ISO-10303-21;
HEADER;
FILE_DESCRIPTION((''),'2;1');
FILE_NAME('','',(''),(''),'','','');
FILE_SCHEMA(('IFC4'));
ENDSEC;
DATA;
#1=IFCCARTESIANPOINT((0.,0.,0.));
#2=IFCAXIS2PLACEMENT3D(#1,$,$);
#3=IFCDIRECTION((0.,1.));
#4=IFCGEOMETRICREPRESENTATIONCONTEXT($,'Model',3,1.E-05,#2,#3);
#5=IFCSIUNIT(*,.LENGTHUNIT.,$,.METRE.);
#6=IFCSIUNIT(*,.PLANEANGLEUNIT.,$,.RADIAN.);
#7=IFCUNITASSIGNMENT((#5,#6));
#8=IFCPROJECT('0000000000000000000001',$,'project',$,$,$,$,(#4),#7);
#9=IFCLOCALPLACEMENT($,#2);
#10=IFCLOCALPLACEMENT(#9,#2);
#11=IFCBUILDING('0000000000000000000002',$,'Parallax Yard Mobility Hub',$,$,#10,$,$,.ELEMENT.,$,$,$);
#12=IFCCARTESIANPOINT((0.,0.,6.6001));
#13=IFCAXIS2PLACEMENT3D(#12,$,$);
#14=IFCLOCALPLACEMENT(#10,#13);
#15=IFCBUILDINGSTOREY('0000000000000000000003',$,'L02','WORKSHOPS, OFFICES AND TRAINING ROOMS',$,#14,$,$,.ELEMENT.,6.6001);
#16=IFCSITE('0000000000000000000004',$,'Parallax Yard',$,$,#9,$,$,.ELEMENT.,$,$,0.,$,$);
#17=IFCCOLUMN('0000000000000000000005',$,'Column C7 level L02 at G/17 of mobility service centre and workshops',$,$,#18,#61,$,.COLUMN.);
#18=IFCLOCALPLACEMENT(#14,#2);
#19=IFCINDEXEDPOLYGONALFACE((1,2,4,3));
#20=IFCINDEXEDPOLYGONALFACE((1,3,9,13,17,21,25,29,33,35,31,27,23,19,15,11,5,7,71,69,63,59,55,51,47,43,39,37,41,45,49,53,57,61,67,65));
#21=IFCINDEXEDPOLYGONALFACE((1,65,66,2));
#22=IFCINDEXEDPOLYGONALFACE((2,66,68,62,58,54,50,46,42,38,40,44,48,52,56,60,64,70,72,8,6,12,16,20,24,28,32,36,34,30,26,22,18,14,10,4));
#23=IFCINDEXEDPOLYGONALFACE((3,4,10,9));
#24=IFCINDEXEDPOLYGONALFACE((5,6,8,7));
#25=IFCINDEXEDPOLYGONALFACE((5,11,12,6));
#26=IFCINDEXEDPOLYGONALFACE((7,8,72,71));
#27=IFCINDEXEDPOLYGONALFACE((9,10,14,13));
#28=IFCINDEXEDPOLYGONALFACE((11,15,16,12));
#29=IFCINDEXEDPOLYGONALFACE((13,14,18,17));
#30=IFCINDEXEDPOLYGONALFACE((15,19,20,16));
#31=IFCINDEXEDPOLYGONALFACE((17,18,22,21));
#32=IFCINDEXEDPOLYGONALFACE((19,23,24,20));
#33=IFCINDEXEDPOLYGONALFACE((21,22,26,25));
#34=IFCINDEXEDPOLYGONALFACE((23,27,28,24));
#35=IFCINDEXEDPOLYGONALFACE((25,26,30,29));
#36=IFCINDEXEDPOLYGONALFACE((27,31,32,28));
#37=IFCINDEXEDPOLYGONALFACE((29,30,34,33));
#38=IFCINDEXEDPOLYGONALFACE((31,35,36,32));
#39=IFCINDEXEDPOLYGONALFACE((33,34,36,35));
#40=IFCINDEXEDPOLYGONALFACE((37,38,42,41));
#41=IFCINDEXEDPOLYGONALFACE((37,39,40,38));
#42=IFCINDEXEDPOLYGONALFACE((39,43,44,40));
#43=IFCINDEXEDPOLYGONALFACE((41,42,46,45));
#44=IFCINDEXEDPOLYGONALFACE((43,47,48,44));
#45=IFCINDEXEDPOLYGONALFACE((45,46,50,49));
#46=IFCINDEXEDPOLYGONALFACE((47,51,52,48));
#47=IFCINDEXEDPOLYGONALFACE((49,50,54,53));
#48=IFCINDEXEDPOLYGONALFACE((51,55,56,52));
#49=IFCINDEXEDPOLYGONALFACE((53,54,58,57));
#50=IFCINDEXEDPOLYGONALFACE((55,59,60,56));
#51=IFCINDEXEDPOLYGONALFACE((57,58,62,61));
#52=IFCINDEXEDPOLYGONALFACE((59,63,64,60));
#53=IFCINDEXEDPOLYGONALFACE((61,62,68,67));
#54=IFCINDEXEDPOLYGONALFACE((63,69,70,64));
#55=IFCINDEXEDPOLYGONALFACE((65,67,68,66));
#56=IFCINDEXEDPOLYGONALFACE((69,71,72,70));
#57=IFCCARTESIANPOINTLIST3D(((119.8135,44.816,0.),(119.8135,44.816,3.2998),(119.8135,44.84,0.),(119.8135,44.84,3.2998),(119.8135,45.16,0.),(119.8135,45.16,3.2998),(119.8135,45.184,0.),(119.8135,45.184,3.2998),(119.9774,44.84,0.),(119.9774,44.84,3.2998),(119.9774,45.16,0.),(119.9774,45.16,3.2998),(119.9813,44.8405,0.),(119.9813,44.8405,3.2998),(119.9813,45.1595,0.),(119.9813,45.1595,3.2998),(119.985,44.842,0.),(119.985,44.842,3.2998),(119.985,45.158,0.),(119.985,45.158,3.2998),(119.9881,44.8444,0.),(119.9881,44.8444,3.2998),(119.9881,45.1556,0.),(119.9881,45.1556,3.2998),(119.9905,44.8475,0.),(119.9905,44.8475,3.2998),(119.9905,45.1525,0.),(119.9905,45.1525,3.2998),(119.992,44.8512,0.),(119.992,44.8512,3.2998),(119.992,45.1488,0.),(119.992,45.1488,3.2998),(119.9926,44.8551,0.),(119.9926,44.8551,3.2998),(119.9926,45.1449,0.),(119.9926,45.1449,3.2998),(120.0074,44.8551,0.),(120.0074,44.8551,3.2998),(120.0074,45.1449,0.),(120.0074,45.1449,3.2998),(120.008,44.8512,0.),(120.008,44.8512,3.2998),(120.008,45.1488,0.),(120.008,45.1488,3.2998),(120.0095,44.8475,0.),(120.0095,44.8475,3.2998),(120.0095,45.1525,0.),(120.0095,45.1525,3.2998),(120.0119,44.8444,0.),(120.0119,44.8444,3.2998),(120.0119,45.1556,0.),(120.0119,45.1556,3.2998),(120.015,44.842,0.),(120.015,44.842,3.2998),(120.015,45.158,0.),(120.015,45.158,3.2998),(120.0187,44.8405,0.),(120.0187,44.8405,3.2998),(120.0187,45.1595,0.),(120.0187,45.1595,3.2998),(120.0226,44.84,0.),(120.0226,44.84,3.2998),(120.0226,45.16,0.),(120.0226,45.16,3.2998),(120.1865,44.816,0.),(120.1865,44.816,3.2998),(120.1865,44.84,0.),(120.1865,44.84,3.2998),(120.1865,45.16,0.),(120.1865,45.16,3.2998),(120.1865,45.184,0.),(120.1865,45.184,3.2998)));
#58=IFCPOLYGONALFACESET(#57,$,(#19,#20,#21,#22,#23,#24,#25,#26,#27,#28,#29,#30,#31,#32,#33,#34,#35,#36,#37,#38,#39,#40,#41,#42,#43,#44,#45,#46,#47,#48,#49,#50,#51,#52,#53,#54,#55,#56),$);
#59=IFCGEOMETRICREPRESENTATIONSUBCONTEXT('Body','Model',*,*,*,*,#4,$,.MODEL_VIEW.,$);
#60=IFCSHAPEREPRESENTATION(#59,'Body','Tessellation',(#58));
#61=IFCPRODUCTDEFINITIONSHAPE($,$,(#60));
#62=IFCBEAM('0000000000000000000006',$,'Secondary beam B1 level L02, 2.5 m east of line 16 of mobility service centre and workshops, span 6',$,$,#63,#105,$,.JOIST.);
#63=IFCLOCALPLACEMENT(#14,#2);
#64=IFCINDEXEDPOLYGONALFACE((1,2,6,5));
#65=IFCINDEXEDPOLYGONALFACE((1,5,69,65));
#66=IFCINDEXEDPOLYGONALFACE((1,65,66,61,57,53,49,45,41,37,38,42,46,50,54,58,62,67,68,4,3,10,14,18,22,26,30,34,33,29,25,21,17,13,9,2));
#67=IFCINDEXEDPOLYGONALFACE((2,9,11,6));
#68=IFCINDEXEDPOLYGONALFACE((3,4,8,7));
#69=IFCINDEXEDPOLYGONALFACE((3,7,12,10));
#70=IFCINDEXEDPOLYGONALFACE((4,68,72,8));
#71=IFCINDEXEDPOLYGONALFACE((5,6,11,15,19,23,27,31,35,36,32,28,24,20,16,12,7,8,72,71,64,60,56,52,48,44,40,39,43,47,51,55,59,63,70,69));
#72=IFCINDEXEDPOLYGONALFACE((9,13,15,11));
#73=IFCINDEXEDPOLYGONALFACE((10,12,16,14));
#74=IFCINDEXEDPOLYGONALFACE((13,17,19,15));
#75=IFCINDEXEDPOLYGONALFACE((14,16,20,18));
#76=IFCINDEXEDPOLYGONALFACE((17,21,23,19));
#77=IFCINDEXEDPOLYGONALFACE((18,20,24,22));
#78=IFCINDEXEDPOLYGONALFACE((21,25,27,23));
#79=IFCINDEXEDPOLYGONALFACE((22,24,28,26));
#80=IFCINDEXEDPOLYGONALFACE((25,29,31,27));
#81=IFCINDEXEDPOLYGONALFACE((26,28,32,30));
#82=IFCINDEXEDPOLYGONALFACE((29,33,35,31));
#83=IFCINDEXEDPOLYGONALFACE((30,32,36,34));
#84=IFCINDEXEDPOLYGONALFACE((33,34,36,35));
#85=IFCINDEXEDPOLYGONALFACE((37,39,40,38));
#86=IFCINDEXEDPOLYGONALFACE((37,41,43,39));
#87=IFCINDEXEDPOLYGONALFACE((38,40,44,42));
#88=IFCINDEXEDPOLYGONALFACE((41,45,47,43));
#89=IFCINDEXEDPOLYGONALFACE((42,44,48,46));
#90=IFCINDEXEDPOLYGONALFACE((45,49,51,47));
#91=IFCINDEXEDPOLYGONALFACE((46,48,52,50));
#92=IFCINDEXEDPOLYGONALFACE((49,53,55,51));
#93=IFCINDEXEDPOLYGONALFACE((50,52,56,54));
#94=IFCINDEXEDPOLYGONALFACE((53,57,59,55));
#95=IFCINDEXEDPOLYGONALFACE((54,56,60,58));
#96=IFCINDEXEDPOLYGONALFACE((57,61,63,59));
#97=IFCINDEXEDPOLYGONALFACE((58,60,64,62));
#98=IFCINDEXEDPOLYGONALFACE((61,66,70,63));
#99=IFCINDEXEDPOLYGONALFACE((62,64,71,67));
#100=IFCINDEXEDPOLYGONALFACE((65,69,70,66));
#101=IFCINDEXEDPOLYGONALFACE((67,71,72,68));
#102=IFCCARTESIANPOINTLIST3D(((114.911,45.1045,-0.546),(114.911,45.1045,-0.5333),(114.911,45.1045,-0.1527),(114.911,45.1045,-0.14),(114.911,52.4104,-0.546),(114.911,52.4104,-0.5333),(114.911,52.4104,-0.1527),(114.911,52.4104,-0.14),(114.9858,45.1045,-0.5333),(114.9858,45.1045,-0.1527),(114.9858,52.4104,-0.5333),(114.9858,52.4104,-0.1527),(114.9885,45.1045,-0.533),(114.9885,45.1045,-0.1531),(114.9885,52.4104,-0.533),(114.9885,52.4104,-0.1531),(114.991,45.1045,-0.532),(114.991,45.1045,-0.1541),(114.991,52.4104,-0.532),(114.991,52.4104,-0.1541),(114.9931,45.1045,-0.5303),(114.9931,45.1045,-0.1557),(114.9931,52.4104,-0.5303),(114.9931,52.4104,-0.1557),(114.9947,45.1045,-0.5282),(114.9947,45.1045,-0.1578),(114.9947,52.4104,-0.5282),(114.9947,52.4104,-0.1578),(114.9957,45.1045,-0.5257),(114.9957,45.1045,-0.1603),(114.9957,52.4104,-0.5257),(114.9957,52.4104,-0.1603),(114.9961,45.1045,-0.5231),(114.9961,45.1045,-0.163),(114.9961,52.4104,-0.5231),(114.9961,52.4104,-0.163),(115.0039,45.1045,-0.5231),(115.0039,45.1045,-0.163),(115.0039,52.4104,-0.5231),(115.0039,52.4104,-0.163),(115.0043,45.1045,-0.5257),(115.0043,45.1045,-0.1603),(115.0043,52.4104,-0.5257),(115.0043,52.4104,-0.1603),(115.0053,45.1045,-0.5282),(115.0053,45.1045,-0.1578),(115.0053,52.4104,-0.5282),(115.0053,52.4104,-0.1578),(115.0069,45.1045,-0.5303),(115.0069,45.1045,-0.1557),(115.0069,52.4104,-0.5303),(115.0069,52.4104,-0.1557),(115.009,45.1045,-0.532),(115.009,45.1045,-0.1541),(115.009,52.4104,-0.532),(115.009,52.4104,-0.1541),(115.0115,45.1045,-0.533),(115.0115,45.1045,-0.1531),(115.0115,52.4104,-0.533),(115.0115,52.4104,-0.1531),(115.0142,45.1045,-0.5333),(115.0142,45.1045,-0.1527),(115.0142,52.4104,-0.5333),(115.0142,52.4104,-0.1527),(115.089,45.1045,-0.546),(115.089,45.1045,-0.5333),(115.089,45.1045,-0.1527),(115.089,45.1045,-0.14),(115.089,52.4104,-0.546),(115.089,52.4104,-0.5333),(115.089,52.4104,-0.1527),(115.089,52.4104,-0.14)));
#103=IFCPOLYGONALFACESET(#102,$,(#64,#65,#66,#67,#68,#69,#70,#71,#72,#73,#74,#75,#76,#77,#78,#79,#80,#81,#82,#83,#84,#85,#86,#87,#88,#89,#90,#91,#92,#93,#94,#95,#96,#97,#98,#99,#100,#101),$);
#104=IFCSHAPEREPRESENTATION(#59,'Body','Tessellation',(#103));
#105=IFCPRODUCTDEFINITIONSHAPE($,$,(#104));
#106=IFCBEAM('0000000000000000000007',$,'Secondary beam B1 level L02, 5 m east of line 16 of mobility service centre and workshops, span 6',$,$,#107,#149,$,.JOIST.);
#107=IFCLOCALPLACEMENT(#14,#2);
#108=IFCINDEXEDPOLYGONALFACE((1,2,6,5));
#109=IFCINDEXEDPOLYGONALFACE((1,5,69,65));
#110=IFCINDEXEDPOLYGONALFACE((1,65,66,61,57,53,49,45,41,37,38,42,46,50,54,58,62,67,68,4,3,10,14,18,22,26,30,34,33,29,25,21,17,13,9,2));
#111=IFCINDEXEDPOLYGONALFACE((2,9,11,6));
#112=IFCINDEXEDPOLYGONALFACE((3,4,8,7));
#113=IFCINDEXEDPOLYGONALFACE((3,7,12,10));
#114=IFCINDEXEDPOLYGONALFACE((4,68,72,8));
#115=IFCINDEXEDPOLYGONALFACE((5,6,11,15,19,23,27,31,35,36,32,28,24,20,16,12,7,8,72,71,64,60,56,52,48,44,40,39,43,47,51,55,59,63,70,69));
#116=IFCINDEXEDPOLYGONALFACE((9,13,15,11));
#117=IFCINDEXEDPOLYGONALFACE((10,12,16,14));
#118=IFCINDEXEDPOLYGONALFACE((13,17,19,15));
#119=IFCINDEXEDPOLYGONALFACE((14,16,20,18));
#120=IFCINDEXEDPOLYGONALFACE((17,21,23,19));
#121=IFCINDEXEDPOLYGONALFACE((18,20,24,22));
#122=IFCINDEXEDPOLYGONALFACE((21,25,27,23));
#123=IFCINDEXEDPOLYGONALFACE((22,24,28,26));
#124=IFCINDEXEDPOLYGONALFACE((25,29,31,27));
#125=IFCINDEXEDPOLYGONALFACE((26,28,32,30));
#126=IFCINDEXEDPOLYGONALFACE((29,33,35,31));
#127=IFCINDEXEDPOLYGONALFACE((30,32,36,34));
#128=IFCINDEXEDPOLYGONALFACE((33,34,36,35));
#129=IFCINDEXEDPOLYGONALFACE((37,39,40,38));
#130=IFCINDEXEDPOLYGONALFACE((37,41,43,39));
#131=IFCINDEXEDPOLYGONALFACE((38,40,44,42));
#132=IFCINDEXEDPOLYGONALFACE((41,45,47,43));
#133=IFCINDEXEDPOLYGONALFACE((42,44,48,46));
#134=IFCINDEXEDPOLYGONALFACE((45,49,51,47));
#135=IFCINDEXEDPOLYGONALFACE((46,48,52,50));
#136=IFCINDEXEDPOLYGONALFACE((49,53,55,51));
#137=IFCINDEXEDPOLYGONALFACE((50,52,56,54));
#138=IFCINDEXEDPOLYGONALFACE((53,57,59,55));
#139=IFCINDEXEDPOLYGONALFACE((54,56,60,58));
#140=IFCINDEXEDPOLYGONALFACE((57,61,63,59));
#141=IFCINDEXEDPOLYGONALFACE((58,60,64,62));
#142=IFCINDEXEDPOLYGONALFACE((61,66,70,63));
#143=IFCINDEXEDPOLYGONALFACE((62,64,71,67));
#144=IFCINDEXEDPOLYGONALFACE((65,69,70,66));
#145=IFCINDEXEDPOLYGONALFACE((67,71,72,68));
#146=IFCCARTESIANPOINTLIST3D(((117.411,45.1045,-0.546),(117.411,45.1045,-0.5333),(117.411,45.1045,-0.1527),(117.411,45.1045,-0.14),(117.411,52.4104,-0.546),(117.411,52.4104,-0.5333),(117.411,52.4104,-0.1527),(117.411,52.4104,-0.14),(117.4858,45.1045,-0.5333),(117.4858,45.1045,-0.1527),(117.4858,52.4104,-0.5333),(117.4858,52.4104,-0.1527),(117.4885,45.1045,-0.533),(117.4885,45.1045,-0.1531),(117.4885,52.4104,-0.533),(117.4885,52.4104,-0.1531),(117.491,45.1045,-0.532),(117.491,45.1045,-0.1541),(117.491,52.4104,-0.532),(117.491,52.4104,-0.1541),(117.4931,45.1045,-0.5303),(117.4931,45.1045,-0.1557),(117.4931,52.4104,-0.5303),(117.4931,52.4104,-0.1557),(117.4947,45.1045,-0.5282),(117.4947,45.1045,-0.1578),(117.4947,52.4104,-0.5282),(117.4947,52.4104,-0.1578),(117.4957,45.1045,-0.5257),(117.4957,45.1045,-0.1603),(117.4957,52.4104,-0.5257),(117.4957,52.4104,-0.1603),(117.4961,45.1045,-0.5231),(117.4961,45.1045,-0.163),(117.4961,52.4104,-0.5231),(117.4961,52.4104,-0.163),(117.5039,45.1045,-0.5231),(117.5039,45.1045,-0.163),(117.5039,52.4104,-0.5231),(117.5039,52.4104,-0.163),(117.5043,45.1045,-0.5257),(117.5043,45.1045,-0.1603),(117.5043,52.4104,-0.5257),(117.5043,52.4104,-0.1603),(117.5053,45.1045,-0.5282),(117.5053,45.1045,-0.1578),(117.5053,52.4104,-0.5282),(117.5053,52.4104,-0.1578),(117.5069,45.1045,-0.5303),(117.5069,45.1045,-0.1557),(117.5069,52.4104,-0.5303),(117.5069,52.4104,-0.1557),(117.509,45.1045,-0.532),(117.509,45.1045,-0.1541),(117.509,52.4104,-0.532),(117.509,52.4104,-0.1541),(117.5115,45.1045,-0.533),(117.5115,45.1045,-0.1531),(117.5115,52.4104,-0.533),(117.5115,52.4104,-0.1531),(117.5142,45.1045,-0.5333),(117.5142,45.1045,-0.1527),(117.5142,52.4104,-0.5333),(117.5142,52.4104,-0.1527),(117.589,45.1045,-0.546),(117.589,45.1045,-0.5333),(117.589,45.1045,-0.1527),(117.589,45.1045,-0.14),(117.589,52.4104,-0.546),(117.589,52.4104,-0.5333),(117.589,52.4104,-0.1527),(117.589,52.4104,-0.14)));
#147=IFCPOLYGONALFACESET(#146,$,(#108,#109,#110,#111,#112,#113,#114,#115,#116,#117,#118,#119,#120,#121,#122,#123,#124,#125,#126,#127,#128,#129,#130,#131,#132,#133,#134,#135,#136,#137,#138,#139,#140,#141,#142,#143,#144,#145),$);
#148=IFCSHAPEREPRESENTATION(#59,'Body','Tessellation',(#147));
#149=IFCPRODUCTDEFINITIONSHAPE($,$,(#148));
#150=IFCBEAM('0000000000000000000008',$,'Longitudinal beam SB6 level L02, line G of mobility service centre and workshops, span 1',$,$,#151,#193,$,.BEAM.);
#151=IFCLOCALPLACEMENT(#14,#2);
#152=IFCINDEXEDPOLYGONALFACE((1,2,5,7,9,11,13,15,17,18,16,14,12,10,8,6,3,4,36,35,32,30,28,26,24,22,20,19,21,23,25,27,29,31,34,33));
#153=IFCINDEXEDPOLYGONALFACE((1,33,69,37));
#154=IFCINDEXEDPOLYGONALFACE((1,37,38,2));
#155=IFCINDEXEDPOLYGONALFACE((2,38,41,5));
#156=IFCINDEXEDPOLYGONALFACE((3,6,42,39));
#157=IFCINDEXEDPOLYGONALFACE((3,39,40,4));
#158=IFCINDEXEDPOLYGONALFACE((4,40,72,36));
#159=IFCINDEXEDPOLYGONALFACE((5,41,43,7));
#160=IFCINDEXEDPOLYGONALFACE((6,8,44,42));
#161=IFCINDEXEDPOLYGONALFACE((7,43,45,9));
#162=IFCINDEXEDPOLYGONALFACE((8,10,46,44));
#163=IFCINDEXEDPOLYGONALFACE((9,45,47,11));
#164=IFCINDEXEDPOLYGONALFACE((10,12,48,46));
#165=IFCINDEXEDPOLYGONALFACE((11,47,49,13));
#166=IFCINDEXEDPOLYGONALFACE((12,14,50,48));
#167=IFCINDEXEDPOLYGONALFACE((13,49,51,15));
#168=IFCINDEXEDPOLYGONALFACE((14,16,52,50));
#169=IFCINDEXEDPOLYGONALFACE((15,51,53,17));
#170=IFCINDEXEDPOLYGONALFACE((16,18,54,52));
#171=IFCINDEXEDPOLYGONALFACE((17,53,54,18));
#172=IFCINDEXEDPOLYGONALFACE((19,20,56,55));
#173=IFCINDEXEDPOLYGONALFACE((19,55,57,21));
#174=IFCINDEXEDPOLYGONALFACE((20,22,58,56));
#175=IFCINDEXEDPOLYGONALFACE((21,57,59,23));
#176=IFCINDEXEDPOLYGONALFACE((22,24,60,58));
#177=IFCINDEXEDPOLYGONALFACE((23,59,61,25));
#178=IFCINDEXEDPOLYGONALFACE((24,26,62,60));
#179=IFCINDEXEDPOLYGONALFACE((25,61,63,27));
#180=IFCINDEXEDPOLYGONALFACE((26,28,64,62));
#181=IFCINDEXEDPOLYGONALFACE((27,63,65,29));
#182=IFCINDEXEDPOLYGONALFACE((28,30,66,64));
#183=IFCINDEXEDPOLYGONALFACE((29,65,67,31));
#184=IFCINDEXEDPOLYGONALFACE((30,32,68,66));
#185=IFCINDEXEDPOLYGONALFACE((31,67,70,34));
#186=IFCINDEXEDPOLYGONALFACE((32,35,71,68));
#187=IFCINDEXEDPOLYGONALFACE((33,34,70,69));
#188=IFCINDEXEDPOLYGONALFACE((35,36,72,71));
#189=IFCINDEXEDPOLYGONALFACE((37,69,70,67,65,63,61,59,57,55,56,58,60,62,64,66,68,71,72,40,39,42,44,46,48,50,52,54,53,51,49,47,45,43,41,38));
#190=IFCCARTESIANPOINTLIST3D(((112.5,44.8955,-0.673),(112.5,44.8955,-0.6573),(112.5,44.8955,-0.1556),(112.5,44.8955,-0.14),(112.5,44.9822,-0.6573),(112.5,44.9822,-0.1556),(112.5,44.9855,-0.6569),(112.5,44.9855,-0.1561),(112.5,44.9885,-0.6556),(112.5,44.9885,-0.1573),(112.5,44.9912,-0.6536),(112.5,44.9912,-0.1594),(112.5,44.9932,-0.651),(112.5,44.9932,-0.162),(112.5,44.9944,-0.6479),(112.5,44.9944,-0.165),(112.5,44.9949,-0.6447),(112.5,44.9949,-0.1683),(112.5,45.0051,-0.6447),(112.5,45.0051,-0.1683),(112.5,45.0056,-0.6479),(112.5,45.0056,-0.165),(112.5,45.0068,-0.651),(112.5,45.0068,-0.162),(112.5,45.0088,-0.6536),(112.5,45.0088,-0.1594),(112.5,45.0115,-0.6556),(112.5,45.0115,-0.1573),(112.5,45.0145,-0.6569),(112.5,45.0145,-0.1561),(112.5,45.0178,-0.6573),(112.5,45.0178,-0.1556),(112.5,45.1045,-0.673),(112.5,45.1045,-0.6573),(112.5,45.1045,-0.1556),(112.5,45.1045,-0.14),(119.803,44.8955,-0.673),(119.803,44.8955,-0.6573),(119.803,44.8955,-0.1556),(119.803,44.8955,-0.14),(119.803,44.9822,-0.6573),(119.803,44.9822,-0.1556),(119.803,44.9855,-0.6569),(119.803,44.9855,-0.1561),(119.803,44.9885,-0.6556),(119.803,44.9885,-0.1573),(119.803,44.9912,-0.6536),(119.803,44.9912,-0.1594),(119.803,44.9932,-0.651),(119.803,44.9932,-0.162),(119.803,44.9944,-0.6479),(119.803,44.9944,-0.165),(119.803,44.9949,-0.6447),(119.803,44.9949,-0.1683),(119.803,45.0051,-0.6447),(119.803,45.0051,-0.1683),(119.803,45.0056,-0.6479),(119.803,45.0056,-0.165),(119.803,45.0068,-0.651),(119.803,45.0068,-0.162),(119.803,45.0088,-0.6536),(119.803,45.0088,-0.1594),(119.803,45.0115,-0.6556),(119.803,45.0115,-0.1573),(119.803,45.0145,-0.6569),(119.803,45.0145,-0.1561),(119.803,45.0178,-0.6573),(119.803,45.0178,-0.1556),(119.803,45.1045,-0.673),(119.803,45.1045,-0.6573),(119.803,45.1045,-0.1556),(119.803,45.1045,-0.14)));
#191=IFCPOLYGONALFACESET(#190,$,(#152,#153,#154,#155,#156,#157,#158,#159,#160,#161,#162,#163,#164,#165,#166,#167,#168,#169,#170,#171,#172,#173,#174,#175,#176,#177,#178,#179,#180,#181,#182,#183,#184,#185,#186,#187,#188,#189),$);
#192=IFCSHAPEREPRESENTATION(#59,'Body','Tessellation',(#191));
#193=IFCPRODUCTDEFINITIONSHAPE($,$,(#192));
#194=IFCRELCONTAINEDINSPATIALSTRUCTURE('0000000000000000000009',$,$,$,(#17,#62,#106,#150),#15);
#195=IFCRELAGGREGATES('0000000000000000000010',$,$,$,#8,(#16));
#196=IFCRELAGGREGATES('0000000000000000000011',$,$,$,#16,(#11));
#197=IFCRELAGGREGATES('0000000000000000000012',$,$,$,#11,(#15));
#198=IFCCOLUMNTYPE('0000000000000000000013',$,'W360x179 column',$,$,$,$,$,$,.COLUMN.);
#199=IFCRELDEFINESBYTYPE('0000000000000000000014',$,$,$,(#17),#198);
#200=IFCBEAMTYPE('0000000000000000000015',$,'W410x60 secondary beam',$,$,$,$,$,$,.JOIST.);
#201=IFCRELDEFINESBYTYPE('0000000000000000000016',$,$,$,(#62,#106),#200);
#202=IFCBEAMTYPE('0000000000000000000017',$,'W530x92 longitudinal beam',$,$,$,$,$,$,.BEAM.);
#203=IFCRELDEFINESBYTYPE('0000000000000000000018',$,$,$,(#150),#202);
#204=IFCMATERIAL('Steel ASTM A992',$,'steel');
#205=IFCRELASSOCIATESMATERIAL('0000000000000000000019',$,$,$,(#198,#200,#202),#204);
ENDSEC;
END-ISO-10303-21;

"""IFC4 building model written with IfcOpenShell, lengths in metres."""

from ifc_helpers import new_model, si_unit, direction, frame, origin, origin_2d, place, context, subcontext, project, spatial, i_section, extrude, material, material_profile, profile_set, type_object, element, save


model = new_model("IFC4")

# Units and contexts
model_context = context("Model", 3, precision=1e-05, world=origin(), true_north=direction((0.0, 1.0)))
body_context = subcontext(model_context, "Body", "Model", "MODEL_VIEW")
ifc_project = project(units=[si_unit("LENGTHUNIT", "METRE"), si_unit("PLANEANGLEUNIT", "RADIAN")], contexts=[model_context])

# Site, building, storey
site_placement = place(None, origin())
site = spatial("IfcSite", under=ifc_project, at=site_placement, Name="Parallax Yard", CompositionType="ELEMENT", RefElevation=0.0)
building_placement = place(site_placement, origin())
building = spatial("IfcBuilding", under=site, at=building_placement, Name="Parallax Yard Mobility Hub", CompositionType="ELEMENT")
storey_placement = place(building_placement, frame((0.0, 0.0, 6.6001)))
storey = spatial("IfcBuildingStorey", under=building, at=storey_placement, Name="L02", Description="WORKSHOPS, OFFICES AND TRAINING ROOMS", CompositionType="ELEMENT", Elevation=6.6001)

# Column
ifc_material_1 = material(Name="Steel ASTM A992", Category="steel")
ifc_material_profile_1 = material_profile(ifc_material_1, i_section(OverallWidth=0.373, OverallDepth=0.3679, WebThickness=0.0149, FlangeThickness=0.0239, FilletRadius=0.0151, at=origin_2d()), Name="W360x179")
ifc_profile_set_1 = profile_set([ifc_material_profile_1], Name="Steel ASTM A992")
column_type = type_object("IfcColumnType", Name="W360x179 column", PredefinedType="COLUMN", material=ifc_profile_set_1)
column_placement = place(storey_placement, frame((120.0, 45.0, 0.0), z_axis=(0.0, 0.0, 1.0), x_axis=(1.0, 0.0, 0.0)))
element("IfcColumn", 1, at=column_placement, inside=storey, type_object=column_type, Name="Column C7 level L02 at G/17 of mobility service centre and workshops", PredefinedType="COLUMN", context=body_context, shape_type="SweptSolid", body=[
    extrude(i_section(OverallWidth=0.373, OverallDepth=0.3679, WebThickness=0.0149, FlangeThickness=0.0239, FilletRadius=0.0151, at=origin_2d()), origin(), (0.0, 0.0, 1.0), 3.2998),
])

# Beams
ifc_material_profile_2 = material_profile(ifc_material_1, i_section(OverallWidth=0.178, OverallDepth=0.406, WebThickness=0.0078, FlangeThickness=0.0127, FilletRadius=0.0103, at=origin_2d()), Name="W410x60")
ifc_profile_set_2 = profile_set([ifc_material_profile_2], Name="Steel ASTM A992")
beam_type_1 = type_object("IfcBeamType", Name="W410x60 secondary beam", PredefinedType="JOIST", material=ifc_profile_set_2)
for number, where, z_axis, x_axis, name in (
    (2, (115.0, 45.1045, -0.343), (0.0, 1.0, 0.0), (-1.0, 0.0, 0.0), "Secondary beam B1 level L02, 2.5 m east of line 16 of mobility service centre and workshops, span 6"),
    (3, (117.5, 45.1045, -0.343), (0.0, 1.0, 0.0), (-1.0, 0.0, 0.0), "Secondary beam B1 level L02, 5 m east of line 16 of mobility service centre and workshops, span 6"),
):
    element("IfcBeam", number, at=place(storey_placement, frame(where, z_axis=z_axis, x_axis=x_axis)), inside=storey, type_object=beam_type_1, Name=name, PredefinedType="JOIST", context=body_context, shape_type="SweptSolid", body=[
        extrude(i_section(OverallWidth=0.178, OverallDepth=0.406, WebThickness=0.0078, FlangeThickness=0.0127, FilletRadius=0.0103, at=origin_2d()), origin(), (0.0, 0.0, 1.0), 7.3059),
    ])
ifc_material_profile_3 = material_profile(ifc_material_1, i_section(OverallWidth=0.209, OverallDepth=0.533, WebThickness=0.0103, FlangeThickness=0.0156, FilletRadius=0.0127, at=origin_2d()), Name="W530x92")
ifc_profile_set_3 = profile_set([ifc_material_profile_3], Name="Steel ASTM A992")
beam_type_2 = type_object("IfcBeamType", Name="W530x92 longitudinal beam", PredefinedType="BEAM", material=ifc_profile_set_3)
beam_placement = place(storey_placement, frame((112.5, 45.0, -0.4065), z_axis=(1.0, 0.0, 0.0), x_axis=(0.0, 1.0, 0.0)))
element("IfcBeam", 4, at=beam_placement, inside=storey, type_object=beam_type_2, Name="Longitudinal beam SB6 level L02, line G of mobility service centre and workshops, span 1", PredefinedType="BEAM", context=body_context, shape_type="SweptSolid", body=[
    extrude(i_section(OverallWidth=0.209, OverallDepth=0.533, WebThickness=0.0103, FlangeThickness=0.0156, FilletRadius=0.0127, at=origin_2d()), origin(), (0.0, 0.0, 1.0), 7.303),
])

save(model, "model.ifc")
